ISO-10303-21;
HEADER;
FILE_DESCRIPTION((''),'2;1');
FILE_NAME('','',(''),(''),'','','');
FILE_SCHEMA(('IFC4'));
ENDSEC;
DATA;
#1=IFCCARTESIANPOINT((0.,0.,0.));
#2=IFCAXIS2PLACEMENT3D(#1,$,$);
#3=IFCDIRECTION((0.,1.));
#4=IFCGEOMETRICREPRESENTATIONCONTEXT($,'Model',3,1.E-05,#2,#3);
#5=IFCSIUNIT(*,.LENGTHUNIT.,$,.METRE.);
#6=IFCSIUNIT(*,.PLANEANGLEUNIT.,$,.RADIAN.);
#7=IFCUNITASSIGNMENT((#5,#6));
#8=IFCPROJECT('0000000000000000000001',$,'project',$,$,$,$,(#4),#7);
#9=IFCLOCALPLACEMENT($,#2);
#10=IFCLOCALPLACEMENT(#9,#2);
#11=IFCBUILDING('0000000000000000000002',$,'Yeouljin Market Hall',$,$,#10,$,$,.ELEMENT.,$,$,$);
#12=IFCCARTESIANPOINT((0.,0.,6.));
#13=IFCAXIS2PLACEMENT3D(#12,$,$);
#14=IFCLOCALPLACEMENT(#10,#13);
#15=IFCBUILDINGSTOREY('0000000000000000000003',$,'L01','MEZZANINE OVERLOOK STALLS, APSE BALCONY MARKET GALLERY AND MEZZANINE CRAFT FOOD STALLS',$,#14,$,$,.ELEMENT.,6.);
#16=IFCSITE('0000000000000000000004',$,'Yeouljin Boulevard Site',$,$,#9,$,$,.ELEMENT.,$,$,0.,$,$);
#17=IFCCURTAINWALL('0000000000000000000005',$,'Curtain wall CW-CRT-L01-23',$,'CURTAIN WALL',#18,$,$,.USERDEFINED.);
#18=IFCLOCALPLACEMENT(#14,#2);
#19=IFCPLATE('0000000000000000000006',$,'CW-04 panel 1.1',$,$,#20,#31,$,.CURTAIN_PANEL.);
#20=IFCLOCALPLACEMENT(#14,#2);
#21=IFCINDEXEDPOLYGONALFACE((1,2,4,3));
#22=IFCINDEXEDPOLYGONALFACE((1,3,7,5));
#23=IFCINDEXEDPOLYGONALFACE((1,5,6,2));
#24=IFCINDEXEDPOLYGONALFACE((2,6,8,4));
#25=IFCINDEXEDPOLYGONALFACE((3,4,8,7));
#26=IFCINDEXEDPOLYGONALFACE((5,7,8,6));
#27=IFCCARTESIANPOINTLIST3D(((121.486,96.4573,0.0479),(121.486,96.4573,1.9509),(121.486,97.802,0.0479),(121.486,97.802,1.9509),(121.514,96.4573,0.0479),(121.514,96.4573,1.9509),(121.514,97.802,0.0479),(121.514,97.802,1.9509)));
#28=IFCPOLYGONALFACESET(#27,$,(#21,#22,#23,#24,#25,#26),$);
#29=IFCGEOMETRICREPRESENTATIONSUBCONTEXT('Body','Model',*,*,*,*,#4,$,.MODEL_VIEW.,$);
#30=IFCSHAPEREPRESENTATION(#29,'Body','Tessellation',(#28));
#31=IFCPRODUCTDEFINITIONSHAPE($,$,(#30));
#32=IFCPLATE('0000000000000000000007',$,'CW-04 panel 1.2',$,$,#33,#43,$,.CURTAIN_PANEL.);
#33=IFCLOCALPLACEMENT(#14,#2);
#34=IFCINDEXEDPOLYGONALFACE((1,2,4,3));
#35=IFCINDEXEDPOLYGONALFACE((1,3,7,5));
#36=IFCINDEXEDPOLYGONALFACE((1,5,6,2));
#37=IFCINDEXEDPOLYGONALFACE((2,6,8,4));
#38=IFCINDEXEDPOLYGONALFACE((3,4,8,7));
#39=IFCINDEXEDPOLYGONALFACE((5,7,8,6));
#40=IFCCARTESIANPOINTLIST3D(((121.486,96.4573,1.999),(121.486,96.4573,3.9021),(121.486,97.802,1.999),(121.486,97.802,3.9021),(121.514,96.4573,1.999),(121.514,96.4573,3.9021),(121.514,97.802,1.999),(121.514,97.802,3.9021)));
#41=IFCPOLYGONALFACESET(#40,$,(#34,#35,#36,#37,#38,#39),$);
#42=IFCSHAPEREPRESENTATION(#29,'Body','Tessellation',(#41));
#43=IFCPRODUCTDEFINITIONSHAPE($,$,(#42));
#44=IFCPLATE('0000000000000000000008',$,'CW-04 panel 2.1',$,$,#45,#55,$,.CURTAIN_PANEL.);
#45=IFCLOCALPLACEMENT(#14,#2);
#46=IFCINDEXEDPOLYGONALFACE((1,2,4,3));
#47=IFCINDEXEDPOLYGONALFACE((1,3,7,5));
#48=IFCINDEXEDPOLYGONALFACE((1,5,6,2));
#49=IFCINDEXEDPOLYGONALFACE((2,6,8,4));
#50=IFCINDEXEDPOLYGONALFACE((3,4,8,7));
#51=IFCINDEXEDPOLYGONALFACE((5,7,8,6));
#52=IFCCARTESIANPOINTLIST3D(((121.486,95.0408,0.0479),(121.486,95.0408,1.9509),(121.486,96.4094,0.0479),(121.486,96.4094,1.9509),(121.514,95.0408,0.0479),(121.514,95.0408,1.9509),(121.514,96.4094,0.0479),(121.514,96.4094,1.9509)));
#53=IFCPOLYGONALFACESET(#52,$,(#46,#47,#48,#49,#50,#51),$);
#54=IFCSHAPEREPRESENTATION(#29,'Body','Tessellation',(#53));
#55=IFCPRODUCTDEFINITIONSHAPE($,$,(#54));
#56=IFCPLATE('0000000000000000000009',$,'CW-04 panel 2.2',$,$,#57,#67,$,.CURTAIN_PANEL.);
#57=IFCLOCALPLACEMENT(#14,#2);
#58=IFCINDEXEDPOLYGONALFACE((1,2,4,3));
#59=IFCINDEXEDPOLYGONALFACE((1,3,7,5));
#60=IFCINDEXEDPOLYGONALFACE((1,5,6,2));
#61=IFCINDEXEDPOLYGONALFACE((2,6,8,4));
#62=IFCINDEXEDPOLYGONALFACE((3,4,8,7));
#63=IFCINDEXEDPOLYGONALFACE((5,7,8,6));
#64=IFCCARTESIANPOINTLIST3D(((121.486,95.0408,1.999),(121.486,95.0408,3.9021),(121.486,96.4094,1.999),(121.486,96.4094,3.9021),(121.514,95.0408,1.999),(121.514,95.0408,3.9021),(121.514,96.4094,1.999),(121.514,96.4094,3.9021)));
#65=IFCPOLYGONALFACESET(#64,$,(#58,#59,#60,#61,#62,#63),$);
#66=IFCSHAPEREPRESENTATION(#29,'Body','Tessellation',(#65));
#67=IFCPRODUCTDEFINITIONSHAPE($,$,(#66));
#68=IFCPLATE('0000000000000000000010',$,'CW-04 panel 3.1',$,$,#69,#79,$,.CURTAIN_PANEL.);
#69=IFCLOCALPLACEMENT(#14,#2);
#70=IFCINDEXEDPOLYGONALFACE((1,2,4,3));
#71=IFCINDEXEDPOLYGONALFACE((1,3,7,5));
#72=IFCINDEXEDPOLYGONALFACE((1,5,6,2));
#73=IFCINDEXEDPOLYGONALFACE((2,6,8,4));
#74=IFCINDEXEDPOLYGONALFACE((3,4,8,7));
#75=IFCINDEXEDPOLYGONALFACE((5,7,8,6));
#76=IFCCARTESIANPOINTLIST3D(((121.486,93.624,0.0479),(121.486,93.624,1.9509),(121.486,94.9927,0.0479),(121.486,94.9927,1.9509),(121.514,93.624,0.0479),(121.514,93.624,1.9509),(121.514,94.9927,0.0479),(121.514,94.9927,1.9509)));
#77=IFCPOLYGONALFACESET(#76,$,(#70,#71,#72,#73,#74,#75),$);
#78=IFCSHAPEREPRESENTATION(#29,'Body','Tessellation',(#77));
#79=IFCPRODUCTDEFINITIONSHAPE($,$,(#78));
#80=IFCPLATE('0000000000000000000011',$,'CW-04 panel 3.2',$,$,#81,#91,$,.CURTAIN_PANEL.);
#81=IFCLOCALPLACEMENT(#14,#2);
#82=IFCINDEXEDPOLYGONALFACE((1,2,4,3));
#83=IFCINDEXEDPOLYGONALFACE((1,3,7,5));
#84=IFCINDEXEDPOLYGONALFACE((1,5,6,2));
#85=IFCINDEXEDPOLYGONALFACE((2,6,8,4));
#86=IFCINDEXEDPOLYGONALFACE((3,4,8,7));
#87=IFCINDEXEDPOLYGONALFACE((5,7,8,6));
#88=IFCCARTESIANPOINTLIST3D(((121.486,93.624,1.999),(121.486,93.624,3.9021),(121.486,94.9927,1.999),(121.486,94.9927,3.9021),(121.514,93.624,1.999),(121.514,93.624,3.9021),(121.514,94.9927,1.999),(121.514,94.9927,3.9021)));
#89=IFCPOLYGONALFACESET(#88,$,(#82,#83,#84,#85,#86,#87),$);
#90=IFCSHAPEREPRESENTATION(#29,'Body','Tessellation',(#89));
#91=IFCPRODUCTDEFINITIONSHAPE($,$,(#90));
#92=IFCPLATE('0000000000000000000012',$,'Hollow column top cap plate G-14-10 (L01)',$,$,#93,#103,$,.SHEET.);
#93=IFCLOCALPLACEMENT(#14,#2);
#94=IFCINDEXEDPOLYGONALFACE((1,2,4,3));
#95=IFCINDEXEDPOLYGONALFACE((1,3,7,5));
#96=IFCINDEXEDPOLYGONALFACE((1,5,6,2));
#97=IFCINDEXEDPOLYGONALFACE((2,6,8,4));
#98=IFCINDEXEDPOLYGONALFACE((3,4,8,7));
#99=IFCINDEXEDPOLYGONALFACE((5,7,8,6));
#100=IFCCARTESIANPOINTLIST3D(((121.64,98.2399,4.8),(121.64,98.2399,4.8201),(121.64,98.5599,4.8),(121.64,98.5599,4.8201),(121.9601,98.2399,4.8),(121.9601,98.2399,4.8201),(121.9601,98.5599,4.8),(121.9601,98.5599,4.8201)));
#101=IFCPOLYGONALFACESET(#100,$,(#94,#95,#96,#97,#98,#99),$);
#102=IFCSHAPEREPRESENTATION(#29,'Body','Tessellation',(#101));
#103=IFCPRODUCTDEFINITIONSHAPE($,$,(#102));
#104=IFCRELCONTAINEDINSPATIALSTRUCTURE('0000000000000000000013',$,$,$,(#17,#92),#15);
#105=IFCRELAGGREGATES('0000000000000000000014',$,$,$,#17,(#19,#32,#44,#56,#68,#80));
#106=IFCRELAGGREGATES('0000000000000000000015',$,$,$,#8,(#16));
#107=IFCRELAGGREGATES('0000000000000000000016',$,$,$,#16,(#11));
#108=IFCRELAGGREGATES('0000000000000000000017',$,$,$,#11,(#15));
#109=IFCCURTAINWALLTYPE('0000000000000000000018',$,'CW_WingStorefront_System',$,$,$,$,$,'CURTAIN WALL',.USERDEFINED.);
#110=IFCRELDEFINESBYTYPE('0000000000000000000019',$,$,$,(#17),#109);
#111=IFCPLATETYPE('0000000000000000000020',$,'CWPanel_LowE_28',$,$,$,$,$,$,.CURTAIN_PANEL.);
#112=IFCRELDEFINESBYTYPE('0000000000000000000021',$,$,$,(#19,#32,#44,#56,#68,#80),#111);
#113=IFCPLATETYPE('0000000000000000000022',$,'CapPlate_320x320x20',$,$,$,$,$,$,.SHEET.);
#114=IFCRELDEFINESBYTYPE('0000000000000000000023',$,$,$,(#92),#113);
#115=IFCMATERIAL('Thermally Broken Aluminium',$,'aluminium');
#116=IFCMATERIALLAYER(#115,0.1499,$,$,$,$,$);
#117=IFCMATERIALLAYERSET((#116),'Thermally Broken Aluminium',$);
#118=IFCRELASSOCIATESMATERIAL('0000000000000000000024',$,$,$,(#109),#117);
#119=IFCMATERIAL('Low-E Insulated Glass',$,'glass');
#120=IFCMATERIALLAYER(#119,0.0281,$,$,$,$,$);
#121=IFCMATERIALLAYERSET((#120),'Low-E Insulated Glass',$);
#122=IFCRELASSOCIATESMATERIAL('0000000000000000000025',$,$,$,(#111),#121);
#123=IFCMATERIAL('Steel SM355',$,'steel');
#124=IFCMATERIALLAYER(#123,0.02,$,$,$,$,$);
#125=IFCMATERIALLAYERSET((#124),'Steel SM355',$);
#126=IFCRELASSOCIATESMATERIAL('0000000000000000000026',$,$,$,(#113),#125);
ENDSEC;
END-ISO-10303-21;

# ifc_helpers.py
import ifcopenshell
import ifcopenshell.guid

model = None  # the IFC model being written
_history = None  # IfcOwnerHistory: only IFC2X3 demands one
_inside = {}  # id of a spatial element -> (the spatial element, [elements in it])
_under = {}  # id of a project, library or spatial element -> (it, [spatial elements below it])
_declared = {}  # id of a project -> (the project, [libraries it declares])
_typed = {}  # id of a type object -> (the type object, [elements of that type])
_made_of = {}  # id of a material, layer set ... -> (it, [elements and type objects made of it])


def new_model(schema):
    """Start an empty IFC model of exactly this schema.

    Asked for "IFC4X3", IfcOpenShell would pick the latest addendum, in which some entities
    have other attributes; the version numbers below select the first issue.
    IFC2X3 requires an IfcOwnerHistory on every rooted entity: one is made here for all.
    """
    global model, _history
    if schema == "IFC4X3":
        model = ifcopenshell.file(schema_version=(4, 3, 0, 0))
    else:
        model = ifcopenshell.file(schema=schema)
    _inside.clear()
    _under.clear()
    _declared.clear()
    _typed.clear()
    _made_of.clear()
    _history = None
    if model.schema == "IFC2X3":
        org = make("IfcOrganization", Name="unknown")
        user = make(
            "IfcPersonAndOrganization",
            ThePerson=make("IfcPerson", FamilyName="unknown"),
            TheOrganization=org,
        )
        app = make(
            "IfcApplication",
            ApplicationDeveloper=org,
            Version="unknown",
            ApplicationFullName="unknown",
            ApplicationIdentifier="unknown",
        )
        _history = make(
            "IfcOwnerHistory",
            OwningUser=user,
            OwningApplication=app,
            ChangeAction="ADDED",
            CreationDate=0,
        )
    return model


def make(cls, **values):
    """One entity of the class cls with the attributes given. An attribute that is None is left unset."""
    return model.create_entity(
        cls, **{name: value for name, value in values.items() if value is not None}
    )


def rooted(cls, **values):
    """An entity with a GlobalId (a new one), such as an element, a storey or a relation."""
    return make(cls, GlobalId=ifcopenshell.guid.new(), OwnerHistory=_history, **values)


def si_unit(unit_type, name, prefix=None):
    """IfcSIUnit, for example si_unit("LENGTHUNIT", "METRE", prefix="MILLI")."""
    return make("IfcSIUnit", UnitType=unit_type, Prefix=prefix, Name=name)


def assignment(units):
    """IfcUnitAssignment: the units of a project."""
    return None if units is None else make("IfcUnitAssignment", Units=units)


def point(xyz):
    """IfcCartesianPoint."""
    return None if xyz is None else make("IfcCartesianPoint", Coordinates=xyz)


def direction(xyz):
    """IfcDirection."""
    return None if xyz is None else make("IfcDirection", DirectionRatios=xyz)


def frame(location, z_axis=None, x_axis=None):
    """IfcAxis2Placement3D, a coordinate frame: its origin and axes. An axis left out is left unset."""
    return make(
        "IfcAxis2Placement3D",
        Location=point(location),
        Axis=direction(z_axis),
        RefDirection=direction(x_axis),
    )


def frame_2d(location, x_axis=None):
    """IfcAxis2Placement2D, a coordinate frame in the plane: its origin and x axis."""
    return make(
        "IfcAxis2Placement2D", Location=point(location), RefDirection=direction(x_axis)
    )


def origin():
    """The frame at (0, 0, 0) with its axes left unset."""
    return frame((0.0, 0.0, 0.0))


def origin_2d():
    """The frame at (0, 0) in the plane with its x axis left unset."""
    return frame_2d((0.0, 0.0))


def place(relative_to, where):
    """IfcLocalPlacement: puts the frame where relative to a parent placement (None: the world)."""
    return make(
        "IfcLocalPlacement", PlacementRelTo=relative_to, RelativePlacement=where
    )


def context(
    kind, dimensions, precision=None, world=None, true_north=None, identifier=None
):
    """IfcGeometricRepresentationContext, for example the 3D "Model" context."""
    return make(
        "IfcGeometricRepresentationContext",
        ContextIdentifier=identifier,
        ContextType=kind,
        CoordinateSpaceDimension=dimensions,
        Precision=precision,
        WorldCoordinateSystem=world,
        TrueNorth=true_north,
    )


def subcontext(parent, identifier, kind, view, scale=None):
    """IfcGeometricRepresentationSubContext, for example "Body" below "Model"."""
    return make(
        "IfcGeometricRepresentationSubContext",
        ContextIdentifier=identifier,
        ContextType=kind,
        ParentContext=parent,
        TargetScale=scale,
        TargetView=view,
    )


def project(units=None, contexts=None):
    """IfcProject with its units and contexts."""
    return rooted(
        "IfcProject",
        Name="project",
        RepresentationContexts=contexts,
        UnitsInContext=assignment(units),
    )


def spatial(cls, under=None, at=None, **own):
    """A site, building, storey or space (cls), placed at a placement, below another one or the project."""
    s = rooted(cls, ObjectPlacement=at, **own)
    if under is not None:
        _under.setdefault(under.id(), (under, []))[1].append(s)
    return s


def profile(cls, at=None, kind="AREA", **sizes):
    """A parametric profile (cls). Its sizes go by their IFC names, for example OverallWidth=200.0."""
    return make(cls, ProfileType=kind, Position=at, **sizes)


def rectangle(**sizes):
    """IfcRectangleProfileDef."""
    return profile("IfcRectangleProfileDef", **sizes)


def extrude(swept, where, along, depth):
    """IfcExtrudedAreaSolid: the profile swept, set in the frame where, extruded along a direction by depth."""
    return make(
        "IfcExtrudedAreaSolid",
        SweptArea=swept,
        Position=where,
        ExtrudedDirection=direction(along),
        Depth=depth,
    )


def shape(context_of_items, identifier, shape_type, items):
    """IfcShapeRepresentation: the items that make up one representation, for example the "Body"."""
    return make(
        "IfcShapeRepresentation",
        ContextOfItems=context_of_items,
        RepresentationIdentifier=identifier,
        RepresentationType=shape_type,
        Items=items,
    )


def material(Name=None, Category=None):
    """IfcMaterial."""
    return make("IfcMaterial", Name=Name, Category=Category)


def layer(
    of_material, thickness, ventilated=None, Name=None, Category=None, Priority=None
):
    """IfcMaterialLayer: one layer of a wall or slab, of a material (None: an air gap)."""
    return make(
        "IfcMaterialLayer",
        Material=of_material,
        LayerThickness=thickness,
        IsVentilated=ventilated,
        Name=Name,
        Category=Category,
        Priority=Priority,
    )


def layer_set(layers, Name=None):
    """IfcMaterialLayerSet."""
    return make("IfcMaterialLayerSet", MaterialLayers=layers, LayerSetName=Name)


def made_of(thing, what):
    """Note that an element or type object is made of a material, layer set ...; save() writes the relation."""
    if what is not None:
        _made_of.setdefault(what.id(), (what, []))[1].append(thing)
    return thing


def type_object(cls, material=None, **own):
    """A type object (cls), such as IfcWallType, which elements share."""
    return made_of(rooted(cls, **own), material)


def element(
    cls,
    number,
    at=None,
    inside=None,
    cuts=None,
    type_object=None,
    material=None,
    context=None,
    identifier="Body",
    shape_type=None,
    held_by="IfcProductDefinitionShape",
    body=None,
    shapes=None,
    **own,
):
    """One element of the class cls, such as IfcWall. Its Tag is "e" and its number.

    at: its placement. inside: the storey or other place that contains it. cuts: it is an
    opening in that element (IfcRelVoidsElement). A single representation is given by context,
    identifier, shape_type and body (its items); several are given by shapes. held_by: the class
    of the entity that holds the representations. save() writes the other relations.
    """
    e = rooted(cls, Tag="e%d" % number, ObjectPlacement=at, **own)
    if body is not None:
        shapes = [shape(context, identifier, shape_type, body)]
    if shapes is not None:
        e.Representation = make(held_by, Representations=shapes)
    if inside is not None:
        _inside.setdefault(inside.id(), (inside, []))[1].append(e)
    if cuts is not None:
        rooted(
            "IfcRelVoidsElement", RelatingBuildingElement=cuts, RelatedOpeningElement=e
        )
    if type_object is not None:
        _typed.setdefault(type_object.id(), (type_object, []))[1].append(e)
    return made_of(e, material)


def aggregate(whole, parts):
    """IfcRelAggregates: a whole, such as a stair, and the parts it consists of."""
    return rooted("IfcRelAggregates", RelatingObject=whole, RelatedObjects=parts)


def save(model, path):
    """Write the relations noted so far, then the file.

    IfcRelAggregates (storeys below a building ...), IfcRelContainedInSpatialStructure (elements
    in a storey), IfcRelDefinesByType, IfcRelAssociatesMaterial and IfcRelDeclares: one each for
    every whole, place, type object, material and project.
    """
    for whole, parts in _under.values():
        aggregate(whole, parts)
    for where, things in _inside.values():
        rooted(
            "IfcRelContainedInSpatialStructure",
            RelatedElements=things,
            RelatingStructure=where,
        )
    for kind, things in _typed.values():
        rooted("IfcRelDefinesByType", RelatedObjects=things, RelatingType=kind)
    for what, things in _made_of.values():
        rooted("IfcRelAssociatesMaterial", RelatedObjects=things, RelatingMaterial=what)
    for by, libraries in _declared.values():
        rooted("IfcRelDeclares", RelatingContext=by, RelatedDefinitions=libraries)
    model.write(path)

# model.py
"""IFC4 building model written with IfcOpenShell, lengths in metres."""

from ifc_helpers import new_model, si_unit, direction, frame, origin, origin_2d, place, context, subcontext, project, spatial, rectangle, extrude, material, layer, layer_set, type_object, element, aggregate, save


model = new_model("IFC4")

# Units and contexts
model_context = context("Model", 3, precision=1e-05, world=origin(), true_north=direction((0.0, 1.0)))
body_context = subcontext(model_context, "Body", "Model", "MODEL_VIEW")
ifc_project = project(units=[si_unit("LENGTHUNIT", "METRE"), si_unit("PLANEANGLEUNIT", "RADIAN")], contexts=[model_context])

# Site, building, storey
site_placement = place(None, origin())
site = spatial("IfcSite", under=ifc_project, at=site_placement, Name="Yeouljin Boulevard Site", CompositionType="ELEMENT", RefElevation=0.0)
building_placement = place(site_placement, origin())
building = spatial("IfcBuilding", under=site, at=building_placement, Name="Yeouljin Market Hall", CompositionType="ELEMENT")
storey_placement = place(building_placement, frame((0.0, 0.0, 6.0)))
storey = spatial("IfcBuildingStorey", under=building, at=storey_placement, Name="L01", Description="MEZZANINE OVERLOOK STALLS, APSE BALCONY MARKET GALLERY AND MEZZANINE CRAFT FOOD STALLS", CompositionType="ELEMENT", Elevation=6.0)

# Curtain wall
ifc_material_1 = material(Name="Thermally Broken Aluminium", Category="aluminium")
ifc_layer_1 = layer(ifc_material_1, 0.1499)
ifc_layer_set_1 = layer_set([ifc_layer_1], Name="Thermally Broken Aluminium")
curtain_wall_type = type_object("IfcCurtainWallType", Name="CW_WingStorefront_System", ElementType="CURTAIN WALL", PredefinedType="USERDEFINED", material=ifc_layer_set_1)
curtain_wall_placement = place(storey_placement, origin())
curtain_wall = element("IfcCurtainWall", 1, at=curtain_wall_placement, inside=storey, type_object=curtain_wall_type, Name="Curtain wall CW-CRT-L01-23", ObjectType="CURTAIN WALL", PredefinedType="USERDEFINED")

# Plates
ifc_material_2 = material(Name="Low-E Insulated Glass", Category="glass")
ifc_layer_2 = layer(ifc_material_2, 0.0281)
ifc_layer_set_2 = layer_set([ifc_layer_2], Name="Low-E Insulated Glass")
plate_type_1 = type_object("IfcPlateType", Name="CWPanel_LowE_28", PredefinedType="CURTAIN_PANEL", material=ifc_layer_set_2)
plate_1_placement = place(storey_placement, frame((121.5, 97.1296, 0.0479), z_axis=(0.0, 0.0, 1.0), x_axis=(0.0, -1.0, 0.0)))
plate_1 = element("IfcPlate", 2, at=plate_1_placement, type_object=plate_type_1, Name="CW-04 panel 1.1", PredefinedType="CURTAIN_PANEL", context=body_context, shape_type="SweptSolid", body=[
    extrude(rectangle(XDim=1.3447, YDim=0.0281, at=origin_2d()), origin(), (0.0, 0.0, 1.0), 1.9031),
])
plate_2_placement = place(storey_placement, frame((121.5, 97.1296, 1.999), z_axis=(0.0, 0.0, 1.0), x_axis=(0.0, -1.0, 0.0)))
plate_2 = element("IfcPlate", 3, at=plate_2_placement, type_object=plate_type_1, Name="CW-04 panel 1.2", PredefinedType="CURTAIN_PANEL", context=body_context, shape_type="SweptSolid", body=[
    extrude(rectangle(XDim=1.3447, YDim=0.0281, at=origin_2d()), origin(), (0.0, 0.0, 1.0), 1.9031),
])
plate_3_placement = place(storey_placement, frame((121.5, 95.7251, 0.0479), z_axis=(0.0, 0.0, 1.0), x_axis=(0.0, -1.0, 0.0)))
plate_3 = element("IfcPlate", 4, at=plate_3_placement, type_object=plate_type_1, Name="CW-04 panel 2.1", PredefinedType="CURTAIN_PANEL", context=body_context, shape_type="SweptSolid", body=[
    extrude(rectangle(XDim=1.3687, YDim=0.0281, at=origin_2d()), origin(), (0.0, 0.0, 1.0), 1.9031),
])
plate_4_placement = place(storey_placement, frame((121.5, 95.7251, 1.999), z_axis=(0.0, 0.0, 1.0), x_axis=(0.0, -1.0, 0.0)))
plate_4 = element("IfcPlate", 5, at=plate_4_placement, type_object=plate_type_1, Name="CW-04 panel 2.2", PredefinedType="CURTAIN_PANEL", context=body_context, shape_type="SweptSolid", body=[
    extrude(rectangle(XDim=1.3687, YDim=0.0281, at=origin_2d()), origin(), (0.0, 0.0, 1.0), 1.9031),
])
plate_5_placement = place(storey_placement, frame((121.5, 94.3083, 0.0479), z_axis=(0.0, 0.0, 1.0), x_axis=(0.0, -1.0, 0.0)))
plate_5 = element("IfcPlate", 6, at=plate_5_placement, type_object=plate_type_1, Name="CW-04 panel 3.1", PredefinedType="CURTAIN_PANEL", context=body_context, shape_type="SweptSolid", body=[
    extrude(rectangle(XDim=1.3687, YDim=0.0281, at=origin_2d()), origin(), (0.0, 0.0, 1.0), 1.9031),
])
plate_6_placement = place(storey_placement, frame((121.5, 94.3083, 1.999), z_axis=(0.0, 0.0, 1.0), x_axis=(0.0, -1.0, 0.0)))
plate_6 = element("IfcPlate", 7, at=plate_6_placement, type_object=plate_type_1, Name="CW-04 panel 3.2", PredefinedType="CURTAIN_PANEL", context=body_context, shape_type="SweptSolid", body=[
    extrude(rectangle(XDim=1.3687, YDim=0.0281, at=origin_2d()), origin(), (0.0, 0.0, 1.0), 1.9031),
])
aggregate(curtain_wall, [plate_1, plate_2, plate_3, plate_4, plate_5, plate_6])
ifc_material_3 = material(Name="Steel SM355", Category="steel")
ifc_layer_3 = layer(ifc_material_3, 0.02)
ifc_layer_set_3 = layer_set([ifc_layer_3], Name="Steel SM355")
plate_type_2 = type_object("IfcPlateType", Name="CapPlate_320x320x20", PredefinedType="SHEET", material=ifc_layer_set_3)
plate_7_placement = place(storey_placement, frame((121.8, 98.3999, 4.8), z_axis=(0.0, 0.0, 1.0), x_axis=(1.0, 0.0, 0.0)))
element("IfcPlate", 8, at=plate_7_placement, inside=storey, type_object=plate_type_2, Name="Hollow column top cap plate G-14-10 (L01)", PredefinedType="SHEET", context=body_context, shape_type="SweptSolid", body=[
    extrude(rectangle(XDim=0.3201, YDim=0.3201, at=origin_2d()), origin(), (0.0, 0.0, 1.0), 0.02),
])

save(model, "model.ifc")
